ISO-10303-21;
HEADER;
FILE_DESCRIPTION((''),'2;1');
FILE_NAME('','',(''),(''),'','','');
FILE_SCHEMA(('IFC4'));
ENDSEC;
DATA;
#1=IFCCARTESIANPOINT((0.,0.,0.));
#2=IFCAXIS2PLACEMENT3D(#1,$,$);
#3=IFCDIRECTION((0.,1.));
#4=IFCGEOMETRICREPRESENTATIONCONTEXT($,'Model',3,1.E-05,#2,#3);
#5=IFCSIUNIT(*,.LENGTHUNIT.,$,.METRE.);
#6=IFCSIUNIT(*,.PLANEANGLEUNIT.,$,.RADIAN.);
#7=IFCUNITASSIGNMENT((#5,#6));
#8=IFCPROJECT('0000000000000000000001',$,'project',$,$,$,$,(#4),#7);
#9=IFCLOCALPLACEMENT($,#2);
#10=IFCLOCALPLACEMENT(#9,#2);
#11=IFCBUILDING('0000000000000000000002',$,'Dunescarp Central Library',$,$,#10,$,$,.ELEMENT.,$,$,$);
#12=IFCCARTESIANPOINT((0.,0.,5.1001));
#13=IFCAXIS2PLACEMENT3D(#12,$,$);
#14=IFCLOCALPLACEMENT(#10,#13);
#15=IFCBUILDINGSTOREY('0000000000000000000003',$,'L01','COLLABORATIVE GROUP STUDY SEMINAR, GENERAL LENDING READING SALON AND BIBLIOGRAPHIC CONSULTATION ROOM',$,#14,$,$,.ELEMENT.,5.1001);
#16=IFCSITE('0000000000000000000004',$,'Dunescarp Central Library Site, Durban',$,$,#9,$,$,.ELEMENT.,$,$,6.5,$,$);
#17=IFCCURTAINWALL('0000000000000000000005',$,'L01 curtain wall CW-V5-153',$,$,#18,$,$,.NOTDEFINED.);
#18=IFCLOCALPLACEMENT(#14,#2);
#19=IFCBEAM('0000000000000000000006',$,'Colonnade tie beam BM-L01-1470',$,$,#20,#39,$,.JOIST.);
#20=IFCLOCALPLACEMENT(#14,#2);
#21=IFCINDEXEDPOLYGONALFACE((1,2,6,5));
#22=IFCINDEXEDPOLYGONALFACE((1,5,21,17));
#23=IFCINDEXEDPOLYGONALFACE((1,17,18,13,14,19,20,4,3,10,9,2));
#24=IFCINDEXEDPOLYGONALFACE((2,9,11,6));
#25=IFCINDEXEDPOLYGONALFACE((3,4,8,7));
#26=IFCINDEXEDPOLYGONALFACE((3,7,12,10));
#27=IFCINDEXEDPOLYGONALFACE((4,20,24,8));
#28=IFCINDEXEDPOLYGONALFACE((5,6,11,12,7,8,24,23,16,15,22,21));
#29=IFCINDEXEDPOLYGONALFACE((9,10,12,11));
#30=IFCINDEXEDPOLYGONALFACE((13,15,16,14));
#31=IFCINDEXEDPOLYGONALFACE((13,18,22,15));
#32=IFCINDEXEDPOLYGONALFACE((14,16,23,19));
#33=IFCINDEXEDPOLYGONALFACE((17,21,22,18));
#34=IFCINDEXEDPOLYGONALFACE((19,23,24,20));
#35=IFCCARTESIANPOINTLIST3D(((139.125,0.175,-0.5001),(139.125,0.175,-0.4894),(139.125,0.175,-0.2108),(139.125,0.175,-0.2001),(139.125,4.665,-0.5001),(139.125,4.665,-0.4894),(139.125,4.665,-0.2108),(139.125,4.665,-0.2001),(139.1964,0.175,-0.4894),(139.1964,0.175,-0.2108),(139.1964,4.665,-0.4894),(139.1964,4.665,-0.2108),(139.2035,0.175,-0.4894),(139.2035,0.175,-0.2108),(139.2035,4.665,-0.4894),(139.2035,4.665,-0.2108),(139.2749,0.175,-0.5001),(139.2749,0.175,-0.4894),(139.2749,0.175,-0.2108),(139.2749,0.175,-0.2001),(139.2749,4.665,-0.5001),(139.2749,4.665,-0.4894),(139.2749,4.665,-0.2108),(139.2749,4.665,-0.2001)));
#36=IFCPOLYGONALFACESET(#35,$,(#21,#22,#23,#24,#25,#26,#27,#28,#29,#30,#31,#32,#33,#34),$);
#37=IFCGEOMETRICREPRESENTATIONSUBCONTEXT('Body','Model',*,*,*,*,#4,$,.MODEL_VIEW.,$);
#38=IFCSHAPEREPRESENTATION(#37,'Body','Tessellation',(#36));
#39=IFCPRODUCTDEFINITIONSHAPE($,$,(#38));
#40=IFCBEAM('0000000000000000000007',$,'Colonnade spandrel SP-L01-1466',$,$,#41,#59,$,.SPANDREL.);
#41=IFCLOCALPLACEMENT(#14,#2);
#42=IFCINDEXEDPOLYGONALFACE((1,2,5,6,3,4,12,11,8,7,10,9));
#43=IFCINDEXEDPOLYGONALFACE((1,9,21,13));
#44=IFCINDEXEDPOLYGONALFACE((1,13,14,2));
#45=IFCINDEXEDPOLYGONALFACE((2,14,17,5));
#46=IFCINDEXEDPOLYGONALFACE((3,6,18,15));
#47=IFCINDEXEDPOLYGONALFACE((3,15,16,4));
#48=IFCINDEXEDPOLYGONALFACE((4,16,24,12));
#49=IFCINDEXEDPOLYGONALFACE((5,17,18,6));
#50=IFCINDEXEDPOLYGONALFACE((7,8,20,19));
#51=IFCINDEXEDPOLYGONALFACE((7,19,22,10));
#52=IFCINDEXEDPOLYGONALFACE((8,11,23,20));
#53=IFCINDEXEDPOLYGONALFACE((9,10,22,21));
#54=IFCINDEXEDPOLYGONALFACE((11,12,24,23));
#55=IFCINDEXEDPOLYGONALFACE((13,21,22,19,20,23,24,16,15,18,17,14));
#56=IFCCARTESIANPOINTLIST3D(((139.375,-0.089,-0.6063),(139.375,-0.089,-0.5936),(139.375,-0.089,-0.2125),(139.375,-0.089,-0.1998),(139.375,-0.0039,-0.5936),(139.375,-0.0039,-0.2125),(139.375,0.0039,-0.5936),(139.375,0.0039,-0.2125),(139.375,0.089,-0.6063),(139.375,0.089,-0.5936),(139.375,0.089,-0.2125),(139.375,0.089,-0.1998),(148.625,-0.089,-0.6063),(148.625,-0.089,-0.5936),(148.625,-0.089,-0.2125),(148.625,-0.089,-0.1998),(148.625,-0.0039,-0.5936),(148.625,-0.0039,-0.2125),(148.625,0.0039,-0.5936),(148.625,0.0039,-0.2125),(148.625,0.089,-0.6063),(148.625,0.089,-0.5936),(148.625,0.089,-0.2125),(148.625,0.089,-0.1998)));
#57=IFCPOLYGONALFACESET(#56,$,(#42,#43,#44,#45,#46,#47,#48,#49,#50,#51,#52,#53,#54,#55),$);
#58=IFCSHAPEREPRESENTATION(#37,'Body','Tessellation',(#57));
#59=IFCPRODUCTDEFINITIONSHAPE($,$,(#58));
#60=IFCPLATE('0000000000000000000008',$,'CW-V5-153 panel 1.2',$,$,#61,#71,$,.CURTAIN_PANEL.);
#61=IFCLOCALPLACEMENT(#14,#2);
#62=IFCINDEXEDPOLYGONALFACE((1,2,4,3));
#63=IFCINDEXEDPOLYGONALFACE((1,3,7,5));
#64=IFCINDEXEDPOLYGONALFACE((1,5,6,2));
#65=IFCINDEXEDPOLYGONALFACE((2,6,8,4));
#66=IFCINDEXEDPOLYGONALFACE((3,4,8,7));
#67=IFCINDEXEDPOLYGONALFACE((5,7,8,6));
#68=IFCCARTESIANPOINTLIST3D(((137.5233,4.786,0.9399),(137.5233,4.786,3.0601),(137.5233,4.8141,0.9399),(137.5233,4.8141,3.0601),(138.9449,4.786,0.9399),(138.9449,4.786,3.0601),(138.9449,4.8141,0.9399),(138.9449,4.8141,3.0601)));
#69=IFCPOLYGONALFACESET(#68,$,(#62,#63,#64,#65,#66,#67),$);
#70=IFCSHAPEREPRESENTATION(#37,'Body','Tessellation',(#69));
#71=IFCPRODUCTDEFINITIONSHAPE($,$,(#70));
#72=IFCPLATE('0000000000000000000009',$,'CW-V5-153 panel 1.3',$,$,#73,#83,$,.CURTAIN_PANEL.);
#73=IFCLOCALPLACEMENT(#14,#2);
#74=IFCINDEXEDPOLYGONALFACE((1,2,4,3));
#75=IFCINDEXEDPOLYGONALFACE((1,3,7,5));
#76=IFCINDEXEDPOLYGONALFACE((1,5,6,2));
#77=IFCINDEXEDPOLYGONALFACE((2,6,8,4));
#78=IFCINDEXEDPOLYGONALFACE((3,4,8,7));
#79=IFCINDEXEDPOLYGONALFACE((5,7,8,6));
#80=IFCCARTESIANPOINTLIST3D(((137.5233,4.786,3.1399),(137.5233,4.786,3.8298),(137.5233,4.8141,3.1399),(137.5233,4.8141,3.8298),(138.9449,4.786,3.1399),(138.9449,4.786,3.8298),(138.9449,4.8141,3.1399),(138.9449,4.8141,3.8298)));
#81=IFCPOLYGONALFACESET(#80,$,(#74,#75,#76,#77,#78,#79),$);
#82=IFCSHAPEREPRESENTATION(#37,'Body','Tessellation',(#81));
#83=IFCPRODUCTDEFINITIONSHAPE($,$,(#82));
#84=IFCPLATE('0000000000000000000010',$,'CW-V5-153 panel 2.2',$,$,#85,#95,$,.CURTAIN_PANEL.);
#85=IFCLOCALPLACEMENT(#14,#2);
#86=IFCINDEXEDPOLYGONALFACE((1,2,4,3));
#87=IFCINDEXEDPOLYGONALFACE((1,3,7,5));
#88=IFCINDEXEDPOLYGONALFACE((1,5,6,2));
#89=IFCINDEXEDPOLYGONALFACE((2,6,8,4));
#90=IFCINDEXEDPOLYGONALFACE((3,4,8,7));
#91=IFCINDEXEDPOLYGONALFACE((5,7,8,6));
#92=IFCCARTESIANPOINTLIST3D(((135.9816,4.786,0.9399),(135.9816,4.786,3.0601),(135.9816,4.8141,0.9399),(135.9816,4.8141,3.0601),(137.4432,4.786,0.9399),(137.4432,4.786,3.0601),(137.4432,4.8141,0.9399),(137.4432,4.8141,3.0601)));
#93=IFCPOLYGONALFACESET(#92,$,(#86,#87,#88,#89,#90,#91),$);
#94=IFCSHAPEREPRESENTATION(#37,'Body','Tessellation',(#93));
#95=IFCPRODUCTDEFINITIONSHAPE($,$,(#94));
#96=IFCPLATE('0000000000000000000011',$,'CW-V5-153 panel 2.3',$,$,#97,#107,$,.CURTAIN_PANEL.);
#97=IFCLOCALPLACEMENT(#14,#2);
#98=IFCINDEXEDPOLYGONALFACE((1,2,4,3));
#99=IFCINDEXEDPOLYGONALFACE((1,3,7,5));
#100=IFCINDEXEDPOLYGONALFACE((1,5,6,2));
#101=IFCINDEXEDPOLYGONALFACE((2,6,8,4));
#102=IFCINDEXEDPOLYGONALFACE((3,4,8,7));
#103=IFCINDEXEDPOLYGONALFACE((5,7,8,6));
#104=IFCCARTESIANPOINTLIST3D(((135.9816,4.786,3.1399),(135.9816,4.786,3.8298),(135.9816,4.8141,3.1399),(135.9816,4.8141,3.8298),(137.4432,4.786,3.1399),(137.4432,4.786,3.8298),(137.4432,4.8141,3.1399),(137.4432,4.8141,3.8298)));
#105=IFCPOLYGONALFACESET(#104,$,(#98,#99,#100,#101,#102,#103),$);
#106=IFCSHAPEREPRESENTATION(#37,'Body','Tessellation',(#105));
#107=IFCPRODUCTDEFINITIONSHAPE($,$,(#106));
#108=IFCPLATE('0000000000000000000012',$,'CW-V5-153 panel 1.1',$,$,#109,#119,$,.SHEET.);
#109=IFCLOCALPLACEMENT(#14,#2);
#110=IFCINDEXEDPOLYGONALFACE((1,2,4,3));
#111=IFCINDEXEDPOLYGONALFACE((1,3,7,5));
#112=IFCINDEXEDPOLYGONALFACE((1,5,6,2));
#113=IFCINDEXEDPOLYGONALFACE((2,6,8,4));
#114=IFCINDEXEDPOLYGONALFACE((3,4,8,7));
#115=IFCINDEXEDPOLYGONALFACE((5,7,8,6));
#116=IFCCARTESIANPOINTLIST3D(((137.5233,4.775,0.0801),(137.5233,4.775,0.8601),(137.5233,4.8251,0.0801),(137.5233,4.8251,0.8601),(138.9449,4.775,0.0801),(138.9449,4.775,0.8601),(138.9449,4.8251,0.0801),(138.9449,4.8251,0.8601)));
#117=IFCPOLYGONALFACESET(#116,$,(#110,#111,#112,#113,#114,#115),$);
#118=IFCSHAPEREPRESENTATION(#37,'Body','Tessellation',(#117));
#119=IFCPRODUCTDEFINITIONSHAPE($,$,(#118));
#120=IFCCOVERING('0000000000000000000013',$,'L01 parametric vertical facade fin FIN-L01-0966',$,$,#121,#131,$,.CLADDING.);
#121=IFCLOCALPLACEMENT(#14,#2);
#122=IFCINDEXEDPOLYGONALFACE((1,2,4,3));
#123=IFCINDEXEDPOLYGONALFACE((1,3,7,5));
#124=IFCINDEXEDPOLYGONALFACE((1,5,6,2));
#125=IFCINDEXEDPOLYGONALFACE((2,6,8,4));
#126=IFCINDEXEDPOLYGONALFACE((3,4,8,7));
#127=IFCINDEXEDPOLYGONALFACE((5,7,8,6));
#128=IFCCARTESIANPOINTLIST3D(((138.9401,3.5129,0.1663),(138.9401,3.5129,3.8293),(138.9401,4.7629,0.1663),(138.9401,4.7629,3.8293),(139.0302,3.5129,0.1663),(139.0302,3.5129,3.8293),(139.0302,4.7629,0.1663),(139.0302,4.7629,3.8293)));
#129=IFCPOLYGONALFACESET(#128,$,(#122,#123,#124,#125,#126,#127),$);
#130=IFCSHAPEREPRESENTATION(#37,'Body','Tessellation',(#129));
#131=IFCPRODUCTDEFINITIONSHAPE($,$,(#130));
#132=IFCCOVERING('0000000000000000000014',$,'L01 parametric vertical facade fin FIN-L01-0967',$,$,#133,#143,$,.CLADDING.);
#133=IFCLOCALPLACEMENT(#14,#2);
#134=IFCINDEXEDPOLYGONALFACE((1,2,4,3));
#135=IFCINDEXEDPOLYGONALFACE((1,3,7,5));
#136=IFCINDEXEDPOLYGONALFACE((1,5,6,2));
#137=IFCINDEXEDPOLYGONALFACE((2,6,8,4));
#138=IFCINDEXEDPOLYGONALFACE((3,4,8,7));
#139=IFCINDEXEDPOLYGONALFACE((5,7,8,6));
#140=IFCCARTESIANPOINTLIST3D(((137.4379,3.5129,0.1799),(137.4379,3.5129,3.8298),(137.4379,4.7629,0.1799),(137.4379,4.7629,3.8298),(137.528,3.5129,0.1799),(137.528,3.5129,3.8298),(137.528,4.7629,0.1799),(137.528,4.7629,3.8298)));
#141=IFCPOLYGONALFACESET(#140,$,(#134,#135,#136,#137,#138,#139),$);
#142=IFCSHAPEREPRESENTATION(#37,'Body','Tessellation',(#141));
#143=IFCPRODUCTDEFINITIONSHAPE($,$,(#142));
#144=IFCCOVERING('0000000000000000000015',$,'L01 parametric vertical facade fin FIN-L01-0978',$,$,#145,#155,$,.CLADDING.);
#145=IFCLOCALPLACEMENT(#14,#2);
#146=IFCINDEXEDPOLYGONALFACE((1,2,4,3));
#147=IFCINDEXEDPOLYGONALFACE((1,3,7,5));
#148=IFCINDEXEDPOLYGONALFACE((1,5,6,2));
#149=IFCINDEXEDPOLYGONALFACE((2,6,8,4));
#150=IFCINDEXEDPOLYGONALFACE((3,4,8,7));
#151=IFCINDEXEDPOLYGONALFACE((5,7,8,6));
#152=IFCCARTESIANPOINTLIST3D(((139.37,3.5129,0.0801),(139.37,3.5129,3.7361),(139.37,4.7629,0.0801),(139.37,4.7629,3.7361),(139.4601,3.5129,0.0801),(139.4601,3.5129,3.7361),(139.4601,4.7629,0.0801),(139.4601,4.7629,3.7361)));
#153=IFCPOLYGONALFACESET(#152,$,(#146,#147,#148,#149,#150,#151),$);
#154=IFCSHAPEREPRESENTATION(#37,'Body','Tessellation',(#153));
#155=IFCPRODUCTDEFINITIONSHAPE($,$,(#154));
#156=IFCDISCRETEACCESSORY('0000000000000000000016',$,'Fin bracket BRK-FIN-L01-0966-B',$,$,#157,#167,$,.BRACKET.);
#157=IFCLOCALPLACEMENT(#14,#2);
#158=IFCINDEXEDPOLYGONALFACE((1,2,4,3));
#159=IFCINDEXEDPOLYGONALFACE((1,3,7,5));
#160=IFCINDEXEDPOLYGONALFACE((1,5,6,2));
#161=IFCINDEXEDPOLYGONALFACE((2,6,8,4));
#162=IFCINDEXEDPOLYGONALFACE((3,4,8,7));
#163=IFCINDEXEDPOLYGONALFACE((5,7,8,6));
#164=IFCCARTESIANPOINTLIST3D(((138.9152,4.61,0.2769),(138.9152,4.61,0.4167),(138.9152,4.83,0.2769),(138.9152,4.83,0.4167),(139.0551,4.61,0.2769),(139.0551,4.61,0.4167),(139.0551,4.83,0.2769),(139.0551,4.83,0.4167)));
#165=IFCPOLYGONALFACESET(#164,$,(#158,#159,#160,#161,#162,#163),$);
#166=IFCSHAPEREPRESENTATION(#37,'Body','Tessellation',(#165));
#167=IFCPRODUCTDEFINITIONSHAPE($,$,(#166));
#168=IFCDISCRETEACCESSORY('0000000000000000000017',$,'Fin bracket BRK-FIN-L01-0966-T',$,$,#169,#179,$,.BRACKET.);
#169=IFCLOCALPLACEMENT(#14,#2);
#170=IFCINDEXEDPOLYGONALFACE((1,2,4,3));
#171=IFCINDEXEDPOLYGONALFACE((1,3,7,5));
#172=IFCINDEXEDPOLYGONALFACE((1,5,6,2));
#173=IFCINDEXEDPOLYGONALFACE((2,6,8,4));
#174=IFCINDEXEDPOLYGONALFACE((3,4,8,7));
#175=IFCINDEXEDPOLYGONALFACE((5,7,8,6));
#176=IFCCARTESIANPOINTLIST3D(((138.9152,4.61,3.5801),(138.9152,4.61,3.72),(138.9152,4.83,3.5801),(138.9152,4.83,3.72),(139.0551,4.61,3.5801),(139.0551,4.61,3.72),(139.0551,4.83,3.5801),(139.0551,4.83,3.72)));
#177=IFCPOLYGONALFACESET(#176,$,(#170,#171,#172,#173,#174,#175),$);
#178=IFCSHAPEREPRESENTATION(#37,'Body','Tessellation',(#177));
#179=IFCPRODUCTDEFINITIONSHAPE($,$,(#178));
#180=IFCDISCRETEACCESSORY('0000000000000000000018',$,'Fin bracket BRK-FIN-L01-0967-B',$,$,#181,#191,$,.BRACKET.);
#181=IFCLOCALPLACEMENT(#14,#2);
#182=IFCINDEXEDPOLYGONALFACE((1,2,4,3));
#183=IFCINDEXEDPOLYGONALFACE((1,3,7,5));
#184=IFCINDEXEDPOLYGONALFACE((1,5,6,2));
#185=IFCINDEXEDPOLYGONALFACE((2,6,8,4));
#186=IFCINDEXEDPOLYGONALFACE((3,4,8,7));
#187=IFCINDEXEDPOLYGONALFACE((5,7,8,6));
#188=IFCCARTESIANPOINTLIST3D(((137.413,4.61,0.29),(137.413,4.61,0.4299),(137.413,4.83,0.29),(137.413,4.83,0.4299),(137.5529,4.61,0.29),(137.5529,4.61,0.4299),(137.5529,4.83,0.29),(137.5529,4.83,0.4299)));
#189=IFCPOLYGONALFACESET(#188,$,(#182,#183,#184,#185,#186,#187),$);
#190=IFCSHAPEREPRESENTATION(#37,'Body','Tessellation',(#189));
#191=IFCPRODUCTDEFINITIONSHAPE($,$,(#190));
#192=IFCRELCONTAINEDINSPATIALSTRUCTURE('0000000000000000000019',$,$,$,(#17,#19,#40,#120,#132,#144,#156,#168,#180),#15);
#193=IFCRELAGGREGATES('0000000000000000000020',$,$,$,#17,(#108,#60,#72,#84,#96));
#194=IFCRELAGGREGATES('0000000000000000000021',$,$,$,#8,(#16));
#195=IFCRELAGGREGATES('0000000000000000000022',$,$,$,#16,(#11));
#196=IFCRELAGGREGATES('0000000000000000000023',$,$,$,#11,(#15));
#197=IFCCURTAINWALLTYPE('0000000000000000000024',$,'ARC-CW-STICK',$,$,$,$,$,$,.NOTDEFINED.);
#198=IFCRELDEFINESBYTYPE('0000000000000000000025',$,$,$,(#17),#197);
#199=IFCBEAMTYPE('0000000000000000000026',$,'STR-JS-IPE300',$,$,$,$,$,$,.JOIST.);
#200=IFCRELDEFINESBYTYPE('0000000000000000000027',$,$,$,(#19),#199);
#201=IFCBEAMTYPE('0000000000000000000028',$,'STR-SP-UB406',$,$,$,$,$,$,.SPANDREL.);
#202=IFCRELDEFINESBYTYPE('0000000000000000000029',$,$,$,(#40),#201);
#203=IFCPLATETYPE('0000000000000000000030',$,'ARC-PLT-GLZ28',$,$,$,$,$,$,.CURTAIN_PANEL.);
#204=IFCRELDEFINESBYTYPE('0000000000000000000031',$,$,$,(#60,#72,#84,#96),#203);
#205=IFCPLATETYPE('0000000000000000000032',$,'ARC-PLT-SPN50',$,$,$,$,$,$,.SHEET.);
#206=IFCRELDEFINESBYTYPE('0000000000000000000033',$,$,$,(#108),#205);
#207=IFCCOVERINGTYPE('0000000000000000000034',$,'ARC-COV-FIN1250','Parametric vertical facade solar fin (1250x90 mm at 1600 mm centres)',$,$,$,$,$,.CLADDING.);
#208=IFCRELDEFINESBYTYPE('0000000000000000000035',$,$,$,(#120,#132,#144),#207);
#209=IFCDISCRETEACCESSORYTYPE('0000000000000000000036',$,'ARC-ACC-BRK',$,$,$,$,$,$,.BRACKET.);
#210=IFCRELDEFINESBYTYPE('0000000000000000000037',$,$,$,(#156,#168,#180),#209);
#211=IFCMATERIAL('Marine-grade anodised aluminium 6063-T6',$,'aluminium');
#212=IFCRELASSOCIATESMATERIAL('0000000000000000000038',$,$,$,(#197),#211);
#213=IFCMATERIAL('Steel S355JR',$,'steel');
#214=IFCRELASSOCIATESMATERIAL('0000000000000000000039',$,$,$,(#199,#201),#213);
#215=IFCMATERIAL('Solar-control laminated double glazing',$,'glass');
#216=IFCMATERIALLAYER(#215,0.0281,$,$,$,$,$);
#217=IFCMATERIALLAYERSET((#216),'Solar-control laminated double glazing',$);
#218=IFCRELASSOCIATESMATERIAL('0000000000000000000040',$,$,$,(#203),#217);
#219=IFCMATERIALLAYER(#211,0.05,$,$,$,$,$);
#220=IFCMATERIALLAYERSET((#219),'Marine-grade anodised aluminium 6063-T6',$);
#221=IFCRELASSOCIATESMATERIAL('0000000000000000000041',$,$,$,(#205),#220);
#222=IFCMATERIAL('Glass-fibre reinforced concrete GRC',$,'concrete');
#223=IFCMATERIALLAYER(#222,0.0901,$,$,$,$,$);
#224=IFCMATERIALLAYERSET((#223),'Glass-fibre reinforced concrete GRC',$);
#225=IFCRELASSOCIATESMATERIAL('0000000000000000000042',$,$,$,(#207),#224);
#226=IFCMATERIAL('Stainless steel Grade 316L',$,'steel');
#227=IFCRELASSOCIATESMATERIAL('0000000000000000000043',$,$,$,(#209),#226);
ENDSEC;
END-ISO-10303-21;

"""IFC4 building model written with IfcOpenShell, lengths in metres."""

from ifc_helpers import new_model, si_unit, direction, frame, origin, origin_2d, place, context, subcontext, project, spatial, rectangle, i_section, extrude, material, layer, layer_set, material_profile, profile_set, type_object, element, aggregate, save


model = new_model("IFC4")

# Units and contexts
model_context = context("Model", 3, precision=1e-05, world=origin(), true_north=direction((0.0, 1.0)))
body_context = subcontext(model_context, "Body", "Model", "MODEL_VIEW")
ifc_project = project(units=[si_unit("LENGTHUNIT", "METRE"), si_unit("PLANEANGLEUNIT", "RADIAN")], contexts=[model_context])

# Site, building, storey
site_placement = place(None, origin())
site = spatial("IfcSite", under=ifc_project, at=site_placement, Name="Dunescarp Central Library Site, Durban", CompositionType="ELEMENT", RefElevation=6.5)
building_placement = place(site_placement, origin())
building = spatial("IfcBuilding", under=site, at=building_placement, Name="Dunescarp Central Library", CompositionType="ELEMENT")
storey_placement = place(building_placement, frame((0.0, 0.0, 5.1001)))
storey = spatial("IfcBuildingStorey", under=building, at=storey_placement, Name="L01", Description="COLLABORATIVE GROUP STUDY SEMINAR, GENERAL LENDING READING SALON AND BIBLIOGRAPHIC CONSULTATION ROOM", CompositionType="ELEMENT", Elevation=5.1001)

# Shared definitions
ifc_material_1 = material(Name="Steel S355JR", Category="steel")

# Curtain wall
ifc_material_2 = material(Name="Marine-grade anodised aluminium 6063-T6", Category="aluminium")
curtain_wall_type = type_object("IfcCurtainWallType", Name="ARC-CW-STICK", PredefinedType="NOTDEFINED", material=ifc_material_2)
curtain_wall_placement = place(storey_placement, origin())
curtain_wall = element("IfcCurtainWall", 1, at=curtain_wall_placement, inside=storey, type_object=curtain_wall_type, Name="L01 curtain wall CW-V5-153", PredefinedType="NOTDEFINED")

# Beams
ifc_material_profile_1 = material_profile(ifc_material_1, i_section(OverallWidth=0.1499, OverallDepth=0.3, WebThickness=0.0071, FlangeThickness=0.0107, at=origin_2d()), Name="IPE 300")
ifc_profile_set_1 = profile_set([ifc_material_profile_1], Name="Steel S355JR")
beam_type_1 = type_object("IfcBeamType", Name="STR-JS-IPE300", PredefinedType="JOIST", material=ifc_profile_set_1)
beam_1_placement = place(storey_placement, frame((139.2, 0.175, -0.3501), z_axis=(0.0, 1.0, 0.0), x_axis=(-1.0, 0.0, 0.0)))
element("IfcBeam", 2, at=beam_1_placement, inside=storey, type_object=beam_type_1, Name="Colonnade tie beam BM-L01-1470", PredefinedType="JOIST", context=body_context, shape_type="SweptSolid", body=[
    extrude(i_section(OverallWidth=0.1499, OverallDepth=0.3, WebThickness=0.0071, FlangeThickness=0.0107, at=origin_2d()), origin(), (0.0, 0.0, 1.0), 4.49),
])
ifc_material_profile_2 = material_profile(ifc_material_1, i_section(OverallWidth=0.178, OverallDepth=0.4065, WebThickness=0.0078, FlangeThickness=0.0127, at=origin_2d()), Name="UB 406x178x60")
ifc_profile_set_2 = profile_set([ifc_material_profile_2], Name="Steel S355JR")
beam_type_2 = type_object("IfcBeamType", Name="STR-SP-UB406", PredefinedType="SPANDREL", material=ifc_profile_set_2)
beam_2_placement = place(storey_placement, frame((139.375, 0.0, -0.4031), z_axis=(1.0, 0.0, 0.0), x_axis=(0.0, 1.0, 0.0)))
element("IfcBeam", 3, at=beam_2_placement, inside=storey, type_object=beam_type_2, Name="Colonnade spandrel SP-L01-1466", PredefinedType="SPANDREL", context=body_context, shape_type="SweptSolid", body=[
    extrude(i_section(OverallWidth=0.178, OverallDepth=0.4065, WebThickness=0.0078, FlangeThickness=0.0127, at=origin_2d()), origin(), (0.0, 0.0, 1.0), 9.25),
])

# Plates
ifc_material_3 = material(Name="Solar-control laminated double glazing", Category="glass")
ifc_layer_1 = layer(ifc_material_3, 0.0281)
ifc_layer_set_1 = layer_set([ifc_layer_1], Name="Solar-control laminated double glazing")
plate_type_1 = type_object("IfcPlateType", Name="ARC-PLT-GLZ28", PredefinedType="CURTAIN_PANEL", material=ifc_layer_set_1)
plate_1_placement = place(storey_placement, frame((138.2341, 4.8, 0.9399), z_axis=(0.0, 0.0, 1.0), x_axis=(-1.0, 0.0, 0.0)))
plate_1 = element("IfcPlate", 4, at=plate_1_placement, type_object=plate_type_1, Name="CW-V5-153 panel 1.2", PredefinedType="CURTAIN_PANEL", context=body_context, shape_type="SweptSolid", body=[
    extrude(rectangle(XDim=1.4216, YDim=0.0281, at=origin_2d()), origin(), (0.0, 0.0, 1.0), 2.1201),
])
plate_2_placement = place(storey_placement, frame((138.2341, 4.8, 3.1399), z_axis=(0.0, 0.0, 1.0), x_axis=(-1.0, 0.0, 0.0)))
plate_2 = element("IfcPlate", 5, at=plate_2_placement, type_object=plate_type_1, Name="CW-V5-153 panel 1.3", PredefinedType="CURTAIN_PANEL", context=body_context, shape_type="SweptSolid", body=[
    extrude(rectangle(XDim=1.4216, YDim=0.0281, at=origin_2d()), origin(), (0.0, 0.0, 1.0), 0.6899),
])
plate_3_placement = place(storey_placement, frame((136.7124, 4.8, 0.9399), z_axis=(0.0, 0.0, 1.0), x_axis=(-1.0, 0.0, 0.0)))
plate_3 = element("IfcPlate", 6, at=plate_3_placement, type_object=plate_type_1, Name="CW-V5-153 panel 2.2", PredefinedType="CURTAIN_PANEL", context=body_context, shape_type="SweptSolid", body=[
    extrude(rectangle(XDim=1.4617, YDim=0.0281, at=origin_2d()), origin(), (0.0, 0.0, 1.0), 2.1201),
])
plate_4_placement = place(storey_placement, frame((136.7124, 4.8, 3.1399), z_axis=(0.0, 0.0, 1.0), x_axis=(-1.0, 0.0, 0.0)))
plate_4 = element("IfcPlate", 7, at=plate_4_placement, type_object=plate_type_1, Name="CW-V5-153 panel 2.3", PredefinedType="CURTAIN_PANEL", context=body_context, shape_type="SweptSolid", body=[
    extrude(rectangle(XDim=1.4617, YDim=0.0281, at=origin_2d()), origin(), (0.0, 0.0, 1.0), 0.6899),
])
ifc_layer_2 = layer(ifc_material_2, 0.05)
ifc_layer_set_2 = layer_set([ifc_layer_2], Name="Marine-grade anodised aluminium 6063-T6")
plate_type_2 = type_object("IfcPlateType", Name="ARC-PLT-SPN50", PredefinedType="SHEET", material=ifc_layer_set_2)
plate_5_placement = place(storey_placement, frame((138.2341, 4.8, 0.0801), z_axis=(0.0, 0.0, 1.0), x_axis=(-1.0, 0.0, 0.0)))
plate_5 = element("IfcPlate", 8, at=plate_5_placement, type_object=plate_type_2, Name="CW-V5-153 panel 1.1", PredefinedType="SHEET", context=body_context, shape_type="SweptSolid", body=[
    extrude(rectangle(XDim=1.4216, YDim=0.05, at=origin_2d()), origin(), (0.0, 0.0, 1.0), 0.78),
])
aggregate(curtain_wall, [plate_5, plate_1, plate_2, plate_3, plate_4])

# Coverings
ifc_material_4 = material(Name="Glass-fibre reinforced concrete GRC", Category="concrete")
ifc_layer_3 = layer(ifc_material_4, 0.0901)
ifc_layer_set_3 = layer_set([ifc_layer_3], Name="Glass-fibre reinforced concrete GRC")
covering_type = type_object("IfcCoveringType", Name="ARC-COV-FIN1250", Description="Parametric vertical facade solar fin (1250x90 mm at 1600 mm centres)", PredefinedType="CLADDING", material=ifc_layer_set_3)
covering_1_placement = place(storey_placement, frame((138.9851, 4.1379, 0.1663), z_axis=(0.0, 0.0, 1.0), x_axis=(0.0, -1.0, 0.0)))
element("IfcCovering", 9, at=covering_1_placement, inside=storey, type_object=covering_type, Name="L01 parametric vertical facade fin FIN-L01-0966", PredefinedType="CLADDING", context=body_context, shape_type="SweptSolid", body=[
    extrude(rectangle(XDim=1.25, YDim=0.0901, at=origin_2d()), origin(), (0.0, 0.0, 1.0), 3.6631),
])
covering_2_placement = place(storey_placement, frame((137.4829, 4.1379, 0.1799), z_axis=(0.0, 0.0, 1.0), x_axis=(0.0, -1.0, 0.0)))
element("IfcCovering", 10, at=covering_2_placement, inside=storey, type_object=covering_type, Name="L01 parametric vertical facade fin FIN-L01-0967", PredefinedType="CLADDING", context=body_context, shape_type="SweptSolid", body=[
    extrude(rectangle(XDim=1.25, YDim=0.0901, at=origin_2d()), origin(), (0.0, 0.0, 1.0), 3.6499),
])
covering_3_placement = place(storey_placement, frame((139.415, 4.1379, 0.0801), z_axis=(0.0, 0.0, 1.0), x_axis=(0.0, -1.0, 0.0)))
element("IfcCovering", 11, at=covering_3_placement, inside=storey, type_object=covering_type, Name="L01 parametric vertical facade fin FIN-L01-0978", PredefinedType="CLADDING", context=body_context, shape_type="SweptSolid", body=[
    extrude(rectangle(XDim=1.25, YDim=0.0901, at=origin_2d()), origin(), (0.0, 0.0, 1.0), 3.656),
])

# Discrete accessories
ifc_material_5 = material(Name="Stainless steel Grade 316L", Category="steel")
discrete_accessory_type = type_object("IfcDiscreteAccessoryType", Name="ARC-ACC-BRK", PredefinedType="BRACKET", material=ifc_material_5)
for number, where, z_axis, x_axis, name in (
    (12, (138.9851, 4.72, 0.2769), (0.0, 0.0, 1.0), (0.0, -1.0, 0.0), "Fin bracket BRK-FIN-L01-0966-B"),
    (13, (138.9851, 4.72, 3.5801), (0.0, 0.0, 1.0), (0.0, -1.0, 0.0), "Fin bracket BRK-FIN-L01-0966-T"),
    (14, (137.4829, 4.72, 0.29), (0.0, 0.0, 1.0), (0.0, -1.0, 0.0), "Fin bracket BRK-FIN-L01-0967-B"),
):
    element("IfcDiscreteAccessory", number, at=place(storey_placement, frame(where, z_axis=z_axis, x_axis=x_axis)), inside=storey, type_object=discrete_accessory_type, Name=name, PredefinedType="BRACKET", context=body_context, shape_type="SweptSolid", body=[
        extrude(rectangle(XDim=0.22, YDim=0.1399, at=origin_2d()), origin(), (0.0, 0.0, 1.0), 0.1399),
    ])

save(model, "model.ifc")
